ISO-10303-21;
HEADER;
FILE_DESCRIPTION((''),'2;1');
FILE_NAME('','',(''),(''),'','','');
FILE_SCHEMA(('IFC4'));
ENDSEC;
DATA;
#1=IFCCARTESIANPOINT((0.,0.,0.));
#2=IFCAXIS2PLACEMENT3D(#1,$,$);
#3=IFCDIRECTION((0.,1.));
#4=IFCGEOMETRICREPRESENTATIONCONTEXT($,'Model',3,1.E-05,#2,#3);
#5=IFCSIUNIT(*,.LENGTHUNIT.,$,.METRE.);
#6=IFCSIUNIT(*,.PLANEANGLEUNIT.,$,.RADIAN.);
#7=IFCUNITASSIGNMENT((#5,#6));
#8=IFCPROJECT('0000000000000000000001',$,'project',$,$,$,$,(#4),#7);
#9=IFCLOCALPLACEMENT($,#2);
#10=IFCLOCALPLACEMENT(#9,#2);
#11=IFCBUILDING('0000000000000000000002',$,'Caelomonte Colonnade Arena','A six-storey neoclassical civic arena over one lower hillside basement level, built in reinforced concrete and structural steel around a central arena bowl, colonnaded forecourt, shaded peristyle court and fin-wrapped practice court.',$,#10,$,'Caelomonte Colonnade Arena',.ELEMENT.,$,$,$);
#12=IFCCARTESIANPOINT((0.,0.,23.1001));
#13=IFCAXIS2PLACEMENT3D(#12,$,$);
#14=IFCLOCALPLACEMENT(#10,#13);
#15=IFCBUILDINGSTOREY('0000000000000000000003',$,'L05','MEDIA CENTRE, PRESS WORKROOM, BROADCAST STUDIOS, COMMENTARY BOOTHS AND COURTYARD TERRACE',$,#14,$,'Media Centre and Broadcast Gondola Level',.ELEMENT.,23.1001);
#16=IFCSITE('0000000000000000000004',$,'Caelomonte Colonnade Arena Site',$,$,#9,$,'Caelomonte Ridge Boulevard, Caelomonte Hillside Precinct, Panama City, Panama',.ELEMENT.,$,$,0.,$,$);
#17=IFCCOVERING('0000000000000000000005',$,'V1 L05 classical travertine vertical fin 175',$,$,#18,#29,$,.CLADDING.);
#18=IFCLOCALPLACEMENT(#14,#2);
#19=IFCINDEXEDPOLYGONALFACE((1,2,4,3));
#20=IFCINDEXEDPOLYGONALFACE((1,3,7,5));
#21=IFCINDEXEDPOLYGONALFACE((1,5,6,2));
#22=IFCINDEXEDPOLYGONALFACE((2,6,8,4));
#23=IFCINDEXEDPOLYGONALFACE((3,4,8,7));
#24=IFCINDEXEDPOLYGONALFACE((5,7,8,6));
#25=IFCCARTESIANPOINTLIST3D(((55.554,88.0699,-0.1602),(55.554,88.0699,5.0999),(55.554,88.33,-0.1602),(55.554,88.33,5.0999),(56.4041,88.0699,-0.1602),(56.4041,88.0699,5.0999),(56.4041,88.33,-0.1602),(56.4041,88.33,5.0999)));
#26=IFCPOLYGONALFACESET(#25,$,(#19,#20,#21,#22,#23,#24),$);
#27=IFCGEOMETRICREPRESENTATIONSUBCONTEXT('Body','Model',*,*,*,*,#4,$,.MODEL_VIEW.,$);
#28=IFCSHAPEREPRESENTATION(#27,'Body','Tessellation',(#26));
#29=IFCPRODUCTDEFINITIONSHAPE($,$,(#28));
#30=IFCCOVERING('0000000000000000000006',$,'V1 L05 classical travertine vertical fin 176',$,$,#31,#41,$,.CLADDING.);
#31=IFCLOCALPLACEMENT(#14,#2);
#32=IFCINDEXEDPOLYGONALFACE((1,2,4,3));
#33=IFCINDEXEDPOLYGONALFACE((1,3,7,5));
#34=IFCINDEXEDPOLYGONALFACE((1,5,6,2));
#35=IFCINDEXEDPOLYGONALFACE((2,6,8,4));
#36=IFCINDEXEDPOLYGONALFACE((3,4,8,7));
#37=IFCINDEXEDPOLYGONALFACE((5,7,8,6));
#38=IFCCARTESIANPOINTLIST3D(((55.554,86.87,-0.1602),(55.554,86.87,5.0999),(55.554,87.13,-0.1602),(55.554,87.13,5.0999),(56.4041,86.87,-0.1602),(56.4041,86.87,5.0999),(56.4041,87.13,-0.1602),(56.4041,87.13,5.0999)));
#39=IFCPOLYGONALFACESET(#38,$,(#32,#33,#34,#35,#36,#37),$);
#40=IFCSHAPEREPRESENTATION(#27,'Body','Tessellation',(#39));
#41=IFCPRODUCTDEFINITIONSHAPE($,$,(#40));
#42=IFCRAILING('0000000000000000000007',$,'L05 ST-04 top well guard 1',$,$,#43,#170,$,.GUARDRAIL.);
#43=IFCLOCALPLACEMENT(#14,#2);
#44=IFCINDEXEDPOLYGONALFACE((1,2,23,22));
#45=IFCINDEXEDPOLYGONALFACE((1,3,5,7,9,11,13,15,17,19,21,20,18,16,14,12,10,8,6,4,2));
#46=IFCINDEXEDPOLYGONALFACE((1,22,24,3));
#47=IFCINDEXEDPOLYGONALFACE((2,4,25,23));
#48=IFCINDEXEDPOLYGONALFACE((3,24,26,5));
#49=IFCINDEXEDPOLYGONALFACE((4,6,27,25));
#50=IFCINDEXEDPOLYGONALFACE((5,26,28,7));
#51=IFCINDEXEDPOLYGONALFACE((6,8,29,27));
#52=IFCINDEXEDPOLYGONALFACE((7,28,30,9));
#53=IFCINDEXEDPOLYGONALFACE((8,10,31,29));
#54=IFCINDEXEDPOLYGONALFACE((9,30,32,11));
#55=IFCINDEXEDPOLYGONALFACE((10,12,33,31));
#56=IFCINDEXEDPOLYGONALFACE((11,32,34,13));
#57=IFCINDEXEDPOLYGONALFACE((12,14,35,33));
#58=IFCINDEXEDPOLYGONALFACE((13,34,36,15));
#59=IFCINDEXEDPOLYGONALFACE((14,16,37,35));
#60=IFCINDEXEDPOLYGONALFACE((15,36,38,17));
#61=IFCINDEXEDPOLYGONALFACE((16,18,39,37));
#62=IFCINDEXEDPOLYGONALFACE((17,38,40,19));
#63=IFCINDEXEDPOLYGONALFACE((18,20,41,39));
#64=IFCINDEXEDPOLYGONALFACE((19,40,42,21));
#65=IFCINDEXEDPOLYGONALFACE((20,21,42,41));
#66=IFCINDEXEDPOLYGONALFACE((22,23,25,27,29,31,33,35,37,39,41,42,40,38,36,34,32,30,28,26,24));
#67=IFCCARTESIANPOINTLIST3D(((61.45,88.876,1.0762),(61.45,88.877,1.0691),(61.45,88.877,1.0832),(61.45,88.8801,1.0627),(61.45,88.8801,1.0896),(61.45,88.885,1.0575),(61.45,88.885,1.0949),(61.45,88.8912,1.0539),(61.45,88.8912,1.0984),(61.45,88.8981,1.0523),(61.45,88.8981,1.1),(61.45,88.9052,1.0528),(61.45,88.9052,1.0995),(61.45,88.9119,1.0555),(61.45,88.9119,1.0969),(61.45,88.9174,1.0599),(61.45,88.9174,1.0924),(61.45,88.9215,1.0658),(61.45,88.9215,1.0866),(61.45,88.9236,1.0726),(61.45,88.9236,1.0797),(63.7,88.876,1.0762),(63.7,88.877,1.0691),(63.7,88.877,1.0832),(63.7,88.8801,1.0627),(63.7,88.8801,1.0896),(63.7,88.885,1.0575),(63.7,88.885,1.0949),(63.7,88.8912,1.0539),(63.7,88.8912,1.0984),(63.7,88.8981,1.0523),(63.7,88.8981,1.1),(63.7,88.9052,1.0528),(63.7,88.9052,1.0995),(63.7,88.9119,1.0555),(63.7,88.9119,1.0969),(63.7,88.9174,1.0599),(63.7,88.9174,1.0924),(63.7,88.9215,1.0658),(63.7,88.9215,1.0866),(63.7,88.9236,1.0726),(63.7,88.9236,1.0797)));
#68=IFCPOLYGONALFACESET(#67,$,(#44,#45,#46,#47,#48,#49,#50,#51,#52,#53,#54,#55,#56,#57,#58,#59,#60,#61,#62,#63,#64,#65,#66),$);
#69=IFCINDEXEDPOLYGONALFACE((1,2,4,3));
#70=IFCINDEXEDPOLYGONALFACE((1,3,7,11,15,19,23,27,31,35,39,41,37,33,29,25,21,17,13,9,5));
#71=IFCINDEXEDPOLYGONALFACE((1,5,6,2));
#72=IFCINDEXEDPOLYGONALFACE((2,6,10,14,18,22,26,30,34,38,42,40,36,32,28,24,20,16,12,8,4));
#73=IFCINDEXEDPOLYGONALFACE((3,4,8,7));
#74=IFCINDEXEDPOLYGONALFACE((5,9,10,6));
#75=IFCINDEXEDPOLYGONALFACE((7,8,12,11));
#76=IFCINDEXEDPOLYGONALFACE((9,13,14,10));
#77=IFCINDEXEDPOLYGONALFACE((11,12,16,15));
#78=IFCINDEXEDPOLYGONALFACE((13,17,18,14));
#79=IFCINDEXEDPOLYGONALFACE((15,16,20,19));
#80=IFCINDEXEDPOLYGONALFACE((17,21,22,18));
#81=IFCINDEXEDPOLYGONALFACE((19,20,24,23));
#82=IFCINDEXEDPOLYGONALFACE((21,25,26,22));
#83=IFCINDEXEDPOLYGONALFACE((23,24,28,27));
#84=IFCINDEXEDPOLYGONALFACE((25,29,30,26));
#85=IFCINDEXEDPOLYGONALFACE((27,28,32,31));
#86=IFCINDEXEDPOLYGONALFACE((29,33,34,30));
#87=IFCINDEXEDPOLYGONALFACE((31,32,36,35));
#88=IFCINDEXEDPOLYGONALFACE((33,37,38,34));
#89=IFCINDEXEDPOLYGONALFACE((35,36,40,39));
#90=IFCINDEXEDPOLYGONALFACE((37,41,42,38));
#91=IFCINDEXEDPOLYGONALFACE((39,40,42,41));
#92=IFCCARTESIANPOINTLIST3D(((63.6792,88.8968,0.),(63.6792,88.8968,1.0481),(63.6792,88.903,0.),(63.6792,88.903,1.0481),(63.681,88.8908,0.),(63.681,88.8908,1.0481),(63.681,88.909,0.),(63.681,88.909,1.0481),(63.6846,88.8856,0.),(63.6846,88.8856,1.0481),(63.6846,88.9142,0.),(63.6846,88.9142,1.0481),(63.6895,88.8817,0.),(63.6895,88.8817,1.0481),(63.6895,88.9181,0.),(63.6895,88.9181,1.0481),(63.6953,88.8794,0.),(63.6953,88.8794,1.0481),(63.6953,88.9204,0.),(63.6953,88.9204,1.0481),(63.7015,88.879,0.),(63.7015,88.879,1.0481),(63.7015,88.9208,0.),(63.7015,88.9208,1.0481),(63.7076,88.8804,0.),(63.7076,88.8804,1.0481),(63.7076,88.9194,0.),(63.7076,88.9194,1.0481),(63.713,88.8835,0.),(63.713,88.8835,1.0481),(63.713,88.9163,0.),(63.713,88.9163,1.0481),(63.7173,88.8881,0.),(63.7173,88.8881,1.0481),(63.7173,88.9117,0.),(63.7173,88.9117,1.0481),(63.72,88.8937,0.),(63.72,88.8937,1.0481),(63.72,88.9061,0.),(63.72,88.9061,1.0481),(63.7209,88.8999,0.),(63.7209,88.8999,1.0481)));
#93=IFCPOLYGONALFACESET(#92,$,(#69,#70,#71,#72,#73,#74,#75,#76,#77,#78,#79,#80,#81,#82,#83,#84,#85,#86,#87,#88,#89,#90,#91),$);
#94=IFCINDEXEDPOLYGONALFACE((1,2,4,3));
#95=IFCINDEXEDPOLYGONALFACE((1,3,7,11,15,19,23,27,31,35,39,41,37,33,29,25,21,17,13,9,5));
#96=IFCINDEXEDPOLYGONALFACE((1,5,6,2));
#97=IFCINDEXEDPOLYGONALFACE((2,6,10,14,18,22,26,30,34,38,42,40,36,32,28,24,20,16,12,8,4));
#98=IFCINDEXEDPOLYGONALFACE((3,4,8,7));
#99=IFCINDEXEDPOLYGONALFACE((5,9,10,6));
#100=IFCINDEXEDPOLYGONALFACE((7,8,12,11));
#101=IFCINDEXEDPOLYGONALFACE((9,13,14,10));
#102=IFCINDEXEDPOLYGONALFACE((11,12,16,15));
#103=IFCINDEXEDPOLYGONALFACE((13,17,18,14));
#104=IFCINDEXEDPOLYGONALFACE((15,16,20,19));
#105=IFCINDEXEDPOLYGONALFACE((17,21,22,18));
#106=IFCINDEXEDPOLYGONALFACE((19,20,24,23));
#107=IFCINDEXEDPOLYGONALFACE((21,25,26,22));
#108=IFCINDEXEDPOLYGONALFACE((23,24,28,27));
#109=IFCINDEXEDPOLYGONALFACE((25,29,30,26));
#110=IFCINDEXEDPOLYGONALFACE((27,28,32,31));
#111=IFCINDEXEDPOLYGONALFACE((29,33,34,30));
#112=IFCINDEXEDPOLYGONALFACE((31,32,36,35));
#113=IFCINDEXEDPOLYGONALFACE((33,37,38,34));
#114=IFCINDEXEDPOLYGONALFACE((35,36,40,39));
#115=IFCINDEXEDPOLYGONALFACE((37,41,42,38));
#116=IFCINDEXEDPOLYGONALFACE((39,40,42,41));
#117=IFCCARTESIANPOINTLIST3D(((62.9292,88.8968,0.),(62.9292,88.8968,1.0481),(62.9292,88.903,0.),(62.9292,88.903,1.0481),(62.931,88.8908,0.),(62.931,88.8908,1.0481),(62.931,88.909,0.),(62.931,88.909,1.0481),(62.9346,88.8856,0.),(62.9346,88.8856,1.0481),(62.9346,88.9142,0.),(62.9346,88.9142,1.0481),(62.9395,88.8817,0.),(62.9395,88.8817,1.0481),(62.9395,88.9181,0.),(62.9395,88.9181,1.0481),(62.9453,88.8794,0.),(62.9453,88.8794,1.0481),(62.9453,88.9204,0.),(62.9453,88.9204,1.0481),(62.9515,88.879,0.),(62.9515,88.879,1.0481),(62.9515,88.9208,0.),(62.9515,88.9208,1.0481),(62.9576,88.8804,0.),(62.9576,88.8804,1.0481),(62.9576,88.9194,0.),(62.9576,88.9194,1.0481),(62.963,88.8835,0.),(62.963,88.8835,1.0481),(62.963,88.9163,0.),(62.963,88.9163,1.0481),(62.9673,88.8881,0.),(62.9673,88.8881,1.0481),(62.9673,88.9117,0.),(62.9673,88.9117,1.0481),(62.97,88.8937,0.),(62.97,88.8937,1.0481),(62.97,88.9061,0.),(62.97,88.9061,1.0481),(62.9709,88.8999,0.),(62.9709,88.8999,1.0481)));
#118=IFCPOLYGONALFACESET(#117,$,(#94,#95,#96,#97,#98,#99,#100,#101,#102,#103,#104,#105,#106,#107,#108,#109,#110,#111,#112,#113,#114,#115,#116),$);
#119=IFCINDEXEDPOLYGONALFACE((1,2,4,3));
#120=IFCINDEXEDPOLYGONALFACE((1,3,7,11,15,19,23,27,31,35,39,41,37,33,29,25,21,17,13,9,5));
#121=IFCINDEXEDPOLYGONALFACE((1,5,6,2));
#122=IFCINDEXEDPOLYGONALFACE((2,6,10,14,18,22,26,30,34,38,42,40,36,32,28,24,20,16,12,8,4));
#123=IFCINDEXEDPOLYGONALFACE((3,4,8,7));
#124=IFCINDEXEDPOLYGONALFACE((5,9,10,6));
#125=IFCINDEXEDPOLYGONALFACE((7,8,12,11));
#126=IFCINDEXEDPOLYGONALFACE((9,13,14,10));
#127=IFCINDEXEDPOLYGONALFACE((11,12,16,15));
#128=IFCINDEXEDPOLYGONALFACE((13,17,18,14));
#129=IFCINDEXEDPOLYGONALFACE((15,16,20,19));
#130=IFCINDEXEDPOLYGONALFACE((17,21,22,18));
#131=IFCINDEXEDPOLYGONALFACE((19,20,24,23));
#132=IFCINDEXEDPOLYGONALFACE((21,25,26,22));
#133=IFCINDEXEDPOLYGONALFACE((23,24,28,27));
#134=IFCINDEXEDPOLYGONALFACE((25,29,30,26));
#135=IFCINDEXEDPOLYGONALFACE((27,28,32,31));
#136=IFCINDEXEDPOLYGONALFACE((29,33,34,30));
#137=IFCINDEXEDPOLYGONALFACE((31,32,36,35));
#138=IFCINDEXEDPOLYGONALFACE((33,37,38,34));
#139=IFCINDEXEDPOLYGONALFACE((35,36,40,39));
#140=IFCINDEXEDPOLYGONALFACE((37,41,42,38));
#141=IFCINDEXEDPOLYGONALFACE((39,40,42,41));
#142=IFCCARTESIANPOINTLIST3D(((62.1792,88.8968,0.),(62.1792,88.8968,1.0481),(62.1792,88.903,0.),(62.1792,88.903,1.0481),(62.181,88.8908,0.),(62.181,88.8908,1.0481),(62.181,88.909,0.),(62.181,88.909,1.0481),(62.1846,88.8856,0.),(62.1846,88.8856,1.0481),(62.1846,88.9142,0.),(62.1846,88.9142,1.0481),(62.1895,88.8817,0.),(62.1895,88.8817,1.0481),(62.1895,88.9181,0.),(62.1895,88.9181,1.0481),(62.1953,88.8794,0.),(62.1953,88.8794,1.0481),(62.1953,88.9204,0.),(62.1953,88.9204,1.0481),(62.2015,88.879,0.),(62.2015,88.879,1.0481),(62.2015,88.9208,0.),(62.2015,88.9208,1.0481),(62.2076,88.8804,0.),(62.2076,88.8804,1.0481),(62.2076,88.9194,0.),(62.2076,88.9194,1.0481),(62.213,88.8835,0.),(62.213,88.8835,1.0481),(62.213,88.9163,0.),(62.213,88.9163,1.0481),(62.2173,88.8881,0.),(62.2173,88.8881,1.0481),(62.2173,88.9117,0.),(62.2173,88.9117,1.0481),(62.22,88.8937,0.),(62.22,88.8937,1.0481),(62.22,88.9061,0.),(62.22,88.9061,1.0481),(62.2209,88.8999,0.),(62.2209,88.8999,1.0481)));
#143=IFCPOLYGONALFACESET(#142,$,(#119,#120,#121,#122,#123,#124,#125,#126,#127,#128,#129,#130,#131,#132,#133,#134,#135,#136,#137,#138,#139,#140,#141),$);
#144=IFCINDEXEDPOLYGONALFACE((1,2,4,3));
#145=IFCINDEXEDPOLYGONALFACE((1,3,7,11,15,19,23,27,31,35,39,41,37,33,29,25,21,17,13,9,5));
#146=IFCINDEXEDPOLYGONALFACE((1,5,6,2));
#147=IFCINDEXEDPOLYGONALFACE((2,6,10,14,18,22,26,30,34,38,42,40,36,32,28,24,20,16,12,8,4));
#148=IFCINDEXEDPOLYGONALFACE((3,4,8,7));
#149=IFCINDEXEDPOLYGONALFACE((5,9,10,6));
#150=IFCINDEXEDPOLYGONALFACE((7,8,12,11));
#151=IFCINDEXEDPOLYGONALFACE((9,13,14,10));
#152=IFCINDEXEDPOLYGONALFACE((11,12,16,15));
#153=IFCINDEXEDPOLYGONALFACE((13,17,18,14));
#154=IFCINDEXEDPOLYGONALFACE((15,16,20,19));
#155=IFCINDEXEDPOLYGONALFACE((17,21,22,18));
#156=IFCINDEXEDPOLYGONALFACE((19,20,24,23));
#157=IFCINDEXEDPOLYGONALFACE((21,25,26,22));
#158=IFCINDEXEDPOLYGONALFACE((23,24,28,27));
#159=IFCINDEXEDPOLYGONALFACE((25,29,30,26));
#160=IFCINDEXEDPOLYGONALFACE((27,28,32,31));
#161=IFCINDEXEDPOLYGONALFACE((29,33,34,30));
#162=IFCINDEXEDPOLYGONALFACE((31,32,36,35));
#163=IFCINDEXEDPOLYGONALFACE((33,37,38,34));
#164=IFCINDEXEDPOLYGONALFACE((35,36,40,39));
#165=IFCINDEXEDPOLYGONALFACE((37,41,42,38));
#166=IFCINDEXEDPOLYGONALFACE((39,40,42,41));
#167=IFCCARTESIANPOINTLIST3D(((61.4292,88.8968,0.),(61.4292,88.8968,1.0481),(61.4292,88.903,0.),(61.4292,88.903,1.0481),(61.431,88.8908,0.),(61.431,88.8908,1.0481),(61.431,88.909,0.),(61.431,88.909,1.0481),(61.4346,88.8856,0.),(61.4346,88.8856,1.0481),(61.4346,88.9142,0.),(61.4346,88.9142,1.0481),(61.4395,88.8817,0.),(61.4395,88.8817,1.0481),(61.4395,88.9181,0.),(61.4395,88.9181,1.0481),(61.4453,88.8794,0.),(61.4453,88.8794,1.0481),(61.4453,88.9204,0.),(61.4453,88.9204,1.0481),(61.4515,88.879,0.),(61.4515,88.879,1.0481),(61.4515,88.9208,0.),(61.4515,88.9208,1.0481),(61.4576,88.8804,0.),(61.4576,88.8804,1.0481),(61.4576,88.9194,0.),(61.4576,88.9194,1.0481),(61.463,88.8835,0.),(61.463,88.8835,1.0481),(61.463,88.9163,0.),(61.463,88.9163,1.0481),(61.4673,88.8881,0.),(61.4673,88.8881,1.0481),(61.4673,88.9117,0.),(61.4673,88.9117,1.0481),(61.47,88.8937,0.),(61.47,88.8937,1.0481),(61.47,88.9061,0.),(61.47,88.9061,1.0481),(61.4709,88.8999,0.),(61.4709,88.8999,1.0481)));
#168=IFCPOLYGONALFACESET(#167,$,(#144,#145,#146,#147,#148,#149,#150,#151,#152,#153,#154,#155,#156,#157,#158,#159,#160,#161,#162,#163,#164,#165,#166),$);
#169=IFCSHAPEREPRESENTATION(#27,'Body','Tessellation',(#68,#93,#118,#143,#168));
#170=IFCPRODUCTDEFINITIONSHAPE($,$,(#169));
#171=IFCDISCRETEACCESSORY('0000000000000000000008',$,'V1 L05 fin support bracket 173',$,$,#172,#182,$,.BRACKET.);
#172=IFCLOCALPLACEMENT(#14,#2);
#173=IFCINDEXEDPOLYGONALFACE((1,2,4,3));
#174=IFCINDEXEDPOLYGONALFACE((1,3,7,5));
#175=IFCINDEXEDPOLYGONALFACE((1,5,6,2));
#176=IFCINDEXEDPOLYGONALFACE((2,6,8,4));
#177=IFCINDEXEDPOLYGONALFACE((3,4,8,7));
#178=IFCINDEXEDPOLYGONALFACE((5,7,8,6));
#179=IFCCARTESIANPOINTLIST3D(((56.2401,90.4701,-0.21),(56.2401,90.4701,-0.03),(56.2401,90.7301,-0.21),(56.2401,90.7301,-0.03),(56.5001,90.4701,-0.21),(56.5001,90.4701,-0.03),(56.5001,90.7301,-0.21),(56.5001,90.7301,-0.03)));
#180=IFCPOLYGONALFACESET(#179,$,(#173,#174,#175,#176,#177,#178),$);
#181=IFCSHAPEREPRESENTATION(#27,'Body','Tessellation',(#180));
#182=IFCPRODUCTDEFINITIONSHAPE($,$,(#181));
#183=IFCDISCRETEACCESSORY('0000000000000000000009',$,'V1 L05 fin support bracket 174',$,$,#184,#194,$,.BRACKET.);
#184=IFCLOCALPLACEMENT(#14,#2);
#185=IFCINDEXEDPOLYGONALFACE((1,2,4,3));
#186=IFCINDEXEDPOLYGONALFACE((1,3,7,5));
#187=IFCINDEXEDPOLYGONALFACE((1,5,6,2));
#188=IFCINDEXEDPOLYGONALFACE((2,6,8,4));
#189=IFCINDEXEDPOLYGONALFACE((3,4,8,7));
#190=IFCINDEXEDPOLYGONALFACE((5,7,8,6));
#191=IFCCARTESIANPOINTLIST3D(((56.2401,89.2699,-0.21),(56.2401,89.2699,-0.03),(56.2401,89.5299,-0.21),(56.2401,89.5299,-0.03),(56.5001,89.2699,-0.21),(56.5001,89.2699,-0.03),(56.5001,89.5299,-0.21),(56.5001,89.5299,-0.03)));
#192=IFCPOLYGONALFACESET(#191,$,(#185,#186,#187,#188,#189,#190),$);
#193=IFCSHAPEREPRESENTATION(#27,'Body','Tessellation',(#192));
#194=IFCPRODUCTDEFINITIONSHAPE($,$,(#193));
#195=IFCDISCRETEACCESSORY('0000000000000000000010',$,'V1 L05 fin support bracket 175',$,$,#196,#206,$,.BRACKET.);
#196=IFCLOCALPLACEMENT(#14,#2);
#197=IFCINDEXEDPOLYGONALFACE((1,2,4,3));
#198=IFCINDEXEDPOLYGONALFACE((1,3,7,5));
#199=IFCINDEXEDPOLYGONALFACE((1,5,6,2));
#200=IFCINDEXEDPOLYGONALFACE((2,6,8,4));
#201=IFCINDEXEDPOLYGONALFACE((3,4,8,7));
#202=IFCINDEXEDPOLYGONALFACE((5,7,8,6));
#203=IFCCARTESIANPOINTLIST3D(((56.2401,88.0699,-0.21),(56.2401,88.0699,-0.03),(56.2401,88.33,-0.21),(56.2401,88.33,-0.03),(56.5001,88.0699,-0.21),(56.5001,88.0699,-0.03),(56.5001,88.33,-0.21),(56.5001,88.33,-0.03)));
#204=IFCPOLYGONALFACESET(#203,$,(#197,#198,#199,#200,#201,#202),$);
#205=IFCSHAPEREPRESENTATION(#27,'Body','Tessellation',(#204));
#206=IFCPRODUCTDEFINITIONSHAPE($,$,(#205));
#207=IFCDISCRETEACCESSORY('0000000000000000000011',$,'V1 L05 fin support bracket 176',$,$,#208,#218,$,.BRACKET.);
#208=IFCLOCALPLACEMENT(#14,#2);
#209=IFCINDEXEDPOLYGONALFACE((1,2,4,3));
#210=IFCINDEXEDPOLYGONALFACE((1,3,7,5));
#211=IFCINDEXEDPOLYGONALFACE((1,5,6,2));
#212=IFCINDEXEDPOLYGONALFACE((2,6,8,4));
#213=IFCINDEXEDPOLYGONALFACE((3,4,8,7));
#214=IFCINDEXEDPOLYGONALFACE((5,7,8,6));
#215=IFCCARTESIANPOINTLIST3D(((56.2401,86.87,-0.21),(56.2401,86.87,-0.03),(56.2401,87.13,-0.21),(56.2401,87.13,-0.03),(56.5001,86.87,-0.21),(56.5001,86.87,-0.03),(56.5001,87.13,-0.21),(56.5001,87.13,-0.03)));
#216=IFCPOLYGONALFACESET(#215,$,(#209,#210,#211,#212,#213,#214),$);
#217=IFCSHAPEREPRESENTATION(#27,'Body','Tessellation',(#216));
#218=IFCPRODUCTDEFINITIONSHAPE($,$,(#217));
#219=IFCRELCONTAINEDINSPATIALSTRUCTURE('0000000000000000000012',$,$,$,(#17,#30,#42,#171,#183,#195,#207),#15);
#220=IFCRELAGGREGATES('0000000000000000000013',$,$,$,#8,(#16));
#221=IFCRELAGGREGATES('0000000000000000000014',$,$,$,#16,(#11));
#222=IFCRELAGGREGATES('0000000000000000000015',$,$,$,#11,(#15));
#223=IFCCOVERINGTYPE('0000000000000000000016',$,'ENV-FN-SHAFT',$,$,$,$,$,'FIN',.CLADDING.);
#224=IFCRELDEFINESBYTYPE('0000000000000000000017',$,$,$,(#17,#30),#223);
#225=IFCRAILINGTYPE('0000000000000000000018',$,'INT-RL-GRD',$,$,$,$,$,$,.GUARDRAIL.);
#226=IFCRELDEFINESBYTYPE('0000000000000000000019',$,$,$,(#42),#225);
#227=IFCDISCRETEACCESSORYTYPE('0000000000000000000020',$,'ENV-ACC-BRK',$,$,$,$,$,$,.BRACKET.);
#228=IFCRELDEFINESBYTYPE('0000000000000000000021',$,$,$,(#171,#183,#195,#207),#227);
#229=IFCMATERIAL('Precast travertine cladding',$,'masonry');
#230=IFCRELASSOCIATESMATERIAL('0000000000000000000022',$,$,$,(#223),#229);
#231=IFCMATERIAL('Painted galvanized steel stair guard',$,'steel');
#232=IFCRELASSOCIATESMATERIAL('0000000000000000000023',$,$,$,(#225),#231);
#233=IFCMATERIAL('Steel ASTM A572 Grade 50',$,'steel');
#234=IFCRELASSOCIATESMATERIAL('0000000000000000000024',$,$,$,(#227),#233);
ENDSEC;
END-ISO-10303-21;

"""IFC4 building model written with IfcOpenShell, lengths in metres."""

from ifc_helpers import new_model, si_unit, direction, frame, origin, origin_2d, place, context, subcontext, project, spatial, rectangle, circle, extrude, material, material_profile, profile_set, type_object, element, save


model = new_model("IFC4")

# Units and contexts
model_context = context("Model", 3, precision=1e-05, world=origin(), true_north=direction((0.0, 1.0)))
body_context = subcontext(model_context, "Body", "Model", "MODEL_VIEW")
ifc_project = project(units=[si_unit("LENGTHUNIT", "METRE"), si_unit("PLANEANGLEUNIT", "RADIAN")], contexts=[model_context])

# Site, building, storey
site_placement = place(None, origin())
site = spatial("IfcSite", under=ifc_project, at=site_placement, Name="Caelomonte Colonnade Arena Site", LongName="Caelomonte Ridge Boulevard, Caelomonte Hillside Precinct, Panama City, Panama", CompositionType="ELEMENT", RefElevation=0.0)
building_placement = place(site_placement, origin())
building = spatial("IfcBuilding", under=site, at=building_placement, Name="Caelomonte Colonnade Arena", Description="A six-storey neoclassical civic arena over one lower hillside basement level, built in reinforced concrete and structural steel around a central arena bowl, colonnaded forecourt, shaded peristyle court and fin-wrapped practice court.", LongName="Caelomonte Colonnade Arena", CompositionType="ELEMENT")
storey_placement = place(building_placement, frame((0.0, 0.0, 23.1001)))
storey = spatial("IfcBuildingStorey", under=building, at=storey_placement, Name="L05", Description="MEDIA CENTRE, PRESS WORKROOM, BROADCAST STUDIOS, COMMENTARY BOOTHS AND COURTYARD TERRACE", LongName="Media Centre and Broadcast Gondola Level", CompositionType="ELEMENT", Elevation=23.1001)

# Coverings
ifc_material_1 = material(Name="Precast travertine cladding", Category="masonry")
ifc_material_profile_1 = material_profile(ifc_material_1, rectangle(XDim=0.26, YDim=0.8501, at=origin_2d()), Name="FIN260X850")
ifc_profile_set_1 = profile_set([ifc_material_profile_1], Name="Precast travertine cladding")
covering_type = type_object("IfcCoveringType", Name="ENV-FN-SHAFT", ElementType="FIN", PredefinedType="CLADDING", material=ifc_profile_set_1)
for number, where, z_axis, x_axis, name in (
    (1, (55.979, 88.2, -0.1602), (0.0, 0.0, 1.0), (0.0, 1.0, 0.0), "V1 L05 classical travertine vertical fin 175"),
    (2, (55.979, 87.0, -0.1602), (0.0, 0.0, 1.0), (0.0, 1.0, 0.0), "V1 L05 classical travertine vertical fin 176"),
):
    element("IfcCovering", number, at=place(storey_placement, frame(where, z_axis=z_axis, x_axis=x_axis)), inside=storey, type_object=covering_type, Name=name, PredefinedType="CLADDING", context=body_context, shape_type="SweptSolid", body=[
        extrude(rectangle(XDim=0.26, YDim=0.8501, at=origin_2d()), origin(), (0.0, 0.0, 1.0), 5.26),
    ])

# Railing
ifc_material_2 = material(Name="Painted galvanized steel stair guard", Category="steel")
railing_type = type_object("IfcRailingType", Name="INT-RL-GRD", PredefinedType="GUARDRAIL", material=ifc_material_2)
railing_placement = place(storey_placement, frame((63.7, 88.8999, 0.0)))
element("IfcRailing", 3, at=railing_placement, inside=storey, type_object=railing_type, Name="L05 ST-04 top well guard 1", PredefinedType="GUARDRAIL", context=body_context, shape_type="SweptSolid", body=[
    extrude(circle(Radius=0.0239, at=origin_2d()), frame((0.0, 0.0, 1.0762), z_axis=(-1.0, 0.0, 0.0), x_axis=(0.0, -1.0, 0.0)), (0.0, 0.0, 1.0), 2.25),
    extrude(circle(Radius=0.021, at=origin_2d()), origin(), (0.0, 0.0, 1.0), 1.0481),
    extrude(circle(Radius=0.021, at=origin_2d()), frame((-0.75, 0.0, 0.0)), (0.0, 0.0, 1.0), 1.0481),
    extrude(circle(Radius=0.021, at=origin_2d()), frame((-1.5, 0.0, 0.0)), (0.0, 0.0, 1.0), 1.0481),
    extrude(circle(Radius=0.021, at=origin_2d()), frame((-2.25, 0.0, 0.0)), (0.0, 0.0, 1.0), 1.0481),
])

# Discrete accessories
ifc_material_3 = material(Name="Steel ASTM A572 Grade 50", Category="steel")
discrete_accessory_type = type_object("IfcDiscreteAccessoryType", Name="ENV-ACC-BRK", PredefinedType="BRACKET", material=ifc_material_3)
for number, where, z_axis, x_axis, name in (
    (4, (56.3701, 90.6001, -0.21), (0.0, 0.0, 1.0), (0.0, -1.0, 0.0), "V1 L05 fin support bracket 173"),
    (5, (56.3701, 89.3999, -0.21), (0.0, 0.0, 1.0), (0.0, -1.0, 0.0), "V1 L05 fin support bracket 174"),
    (6, (56.3701, 88.2, -0.21), (0.0, 0.0, 1.0), (0.0, -1.0, 0.0), "V1 L05 fin support bracket 175"),
    (7, (56.3701, 87.0, -0.21), (0.0, 0.0, 1.0), (0.0, -1.0, 0.0), "V1 L05 fin support bracket 176"),
):
    element("IfcDiscreteAccessory", number, at=place(storey_placement, frame(where, z_axis=z_axis, x_axis=x_axis)), inside=storey, type_object=discrete_accessory_type, Name=name, PredefinedType="BRACKET", context=body_context, shape_type="SweptSolid", body=[
        extrude(rectangle(XDim=0.26, YDim=0.26, at=origin_2d()), origin(), (0.0, 0.0, 1.0), 0.1799),
    ])

save(model, "model.ifc")
